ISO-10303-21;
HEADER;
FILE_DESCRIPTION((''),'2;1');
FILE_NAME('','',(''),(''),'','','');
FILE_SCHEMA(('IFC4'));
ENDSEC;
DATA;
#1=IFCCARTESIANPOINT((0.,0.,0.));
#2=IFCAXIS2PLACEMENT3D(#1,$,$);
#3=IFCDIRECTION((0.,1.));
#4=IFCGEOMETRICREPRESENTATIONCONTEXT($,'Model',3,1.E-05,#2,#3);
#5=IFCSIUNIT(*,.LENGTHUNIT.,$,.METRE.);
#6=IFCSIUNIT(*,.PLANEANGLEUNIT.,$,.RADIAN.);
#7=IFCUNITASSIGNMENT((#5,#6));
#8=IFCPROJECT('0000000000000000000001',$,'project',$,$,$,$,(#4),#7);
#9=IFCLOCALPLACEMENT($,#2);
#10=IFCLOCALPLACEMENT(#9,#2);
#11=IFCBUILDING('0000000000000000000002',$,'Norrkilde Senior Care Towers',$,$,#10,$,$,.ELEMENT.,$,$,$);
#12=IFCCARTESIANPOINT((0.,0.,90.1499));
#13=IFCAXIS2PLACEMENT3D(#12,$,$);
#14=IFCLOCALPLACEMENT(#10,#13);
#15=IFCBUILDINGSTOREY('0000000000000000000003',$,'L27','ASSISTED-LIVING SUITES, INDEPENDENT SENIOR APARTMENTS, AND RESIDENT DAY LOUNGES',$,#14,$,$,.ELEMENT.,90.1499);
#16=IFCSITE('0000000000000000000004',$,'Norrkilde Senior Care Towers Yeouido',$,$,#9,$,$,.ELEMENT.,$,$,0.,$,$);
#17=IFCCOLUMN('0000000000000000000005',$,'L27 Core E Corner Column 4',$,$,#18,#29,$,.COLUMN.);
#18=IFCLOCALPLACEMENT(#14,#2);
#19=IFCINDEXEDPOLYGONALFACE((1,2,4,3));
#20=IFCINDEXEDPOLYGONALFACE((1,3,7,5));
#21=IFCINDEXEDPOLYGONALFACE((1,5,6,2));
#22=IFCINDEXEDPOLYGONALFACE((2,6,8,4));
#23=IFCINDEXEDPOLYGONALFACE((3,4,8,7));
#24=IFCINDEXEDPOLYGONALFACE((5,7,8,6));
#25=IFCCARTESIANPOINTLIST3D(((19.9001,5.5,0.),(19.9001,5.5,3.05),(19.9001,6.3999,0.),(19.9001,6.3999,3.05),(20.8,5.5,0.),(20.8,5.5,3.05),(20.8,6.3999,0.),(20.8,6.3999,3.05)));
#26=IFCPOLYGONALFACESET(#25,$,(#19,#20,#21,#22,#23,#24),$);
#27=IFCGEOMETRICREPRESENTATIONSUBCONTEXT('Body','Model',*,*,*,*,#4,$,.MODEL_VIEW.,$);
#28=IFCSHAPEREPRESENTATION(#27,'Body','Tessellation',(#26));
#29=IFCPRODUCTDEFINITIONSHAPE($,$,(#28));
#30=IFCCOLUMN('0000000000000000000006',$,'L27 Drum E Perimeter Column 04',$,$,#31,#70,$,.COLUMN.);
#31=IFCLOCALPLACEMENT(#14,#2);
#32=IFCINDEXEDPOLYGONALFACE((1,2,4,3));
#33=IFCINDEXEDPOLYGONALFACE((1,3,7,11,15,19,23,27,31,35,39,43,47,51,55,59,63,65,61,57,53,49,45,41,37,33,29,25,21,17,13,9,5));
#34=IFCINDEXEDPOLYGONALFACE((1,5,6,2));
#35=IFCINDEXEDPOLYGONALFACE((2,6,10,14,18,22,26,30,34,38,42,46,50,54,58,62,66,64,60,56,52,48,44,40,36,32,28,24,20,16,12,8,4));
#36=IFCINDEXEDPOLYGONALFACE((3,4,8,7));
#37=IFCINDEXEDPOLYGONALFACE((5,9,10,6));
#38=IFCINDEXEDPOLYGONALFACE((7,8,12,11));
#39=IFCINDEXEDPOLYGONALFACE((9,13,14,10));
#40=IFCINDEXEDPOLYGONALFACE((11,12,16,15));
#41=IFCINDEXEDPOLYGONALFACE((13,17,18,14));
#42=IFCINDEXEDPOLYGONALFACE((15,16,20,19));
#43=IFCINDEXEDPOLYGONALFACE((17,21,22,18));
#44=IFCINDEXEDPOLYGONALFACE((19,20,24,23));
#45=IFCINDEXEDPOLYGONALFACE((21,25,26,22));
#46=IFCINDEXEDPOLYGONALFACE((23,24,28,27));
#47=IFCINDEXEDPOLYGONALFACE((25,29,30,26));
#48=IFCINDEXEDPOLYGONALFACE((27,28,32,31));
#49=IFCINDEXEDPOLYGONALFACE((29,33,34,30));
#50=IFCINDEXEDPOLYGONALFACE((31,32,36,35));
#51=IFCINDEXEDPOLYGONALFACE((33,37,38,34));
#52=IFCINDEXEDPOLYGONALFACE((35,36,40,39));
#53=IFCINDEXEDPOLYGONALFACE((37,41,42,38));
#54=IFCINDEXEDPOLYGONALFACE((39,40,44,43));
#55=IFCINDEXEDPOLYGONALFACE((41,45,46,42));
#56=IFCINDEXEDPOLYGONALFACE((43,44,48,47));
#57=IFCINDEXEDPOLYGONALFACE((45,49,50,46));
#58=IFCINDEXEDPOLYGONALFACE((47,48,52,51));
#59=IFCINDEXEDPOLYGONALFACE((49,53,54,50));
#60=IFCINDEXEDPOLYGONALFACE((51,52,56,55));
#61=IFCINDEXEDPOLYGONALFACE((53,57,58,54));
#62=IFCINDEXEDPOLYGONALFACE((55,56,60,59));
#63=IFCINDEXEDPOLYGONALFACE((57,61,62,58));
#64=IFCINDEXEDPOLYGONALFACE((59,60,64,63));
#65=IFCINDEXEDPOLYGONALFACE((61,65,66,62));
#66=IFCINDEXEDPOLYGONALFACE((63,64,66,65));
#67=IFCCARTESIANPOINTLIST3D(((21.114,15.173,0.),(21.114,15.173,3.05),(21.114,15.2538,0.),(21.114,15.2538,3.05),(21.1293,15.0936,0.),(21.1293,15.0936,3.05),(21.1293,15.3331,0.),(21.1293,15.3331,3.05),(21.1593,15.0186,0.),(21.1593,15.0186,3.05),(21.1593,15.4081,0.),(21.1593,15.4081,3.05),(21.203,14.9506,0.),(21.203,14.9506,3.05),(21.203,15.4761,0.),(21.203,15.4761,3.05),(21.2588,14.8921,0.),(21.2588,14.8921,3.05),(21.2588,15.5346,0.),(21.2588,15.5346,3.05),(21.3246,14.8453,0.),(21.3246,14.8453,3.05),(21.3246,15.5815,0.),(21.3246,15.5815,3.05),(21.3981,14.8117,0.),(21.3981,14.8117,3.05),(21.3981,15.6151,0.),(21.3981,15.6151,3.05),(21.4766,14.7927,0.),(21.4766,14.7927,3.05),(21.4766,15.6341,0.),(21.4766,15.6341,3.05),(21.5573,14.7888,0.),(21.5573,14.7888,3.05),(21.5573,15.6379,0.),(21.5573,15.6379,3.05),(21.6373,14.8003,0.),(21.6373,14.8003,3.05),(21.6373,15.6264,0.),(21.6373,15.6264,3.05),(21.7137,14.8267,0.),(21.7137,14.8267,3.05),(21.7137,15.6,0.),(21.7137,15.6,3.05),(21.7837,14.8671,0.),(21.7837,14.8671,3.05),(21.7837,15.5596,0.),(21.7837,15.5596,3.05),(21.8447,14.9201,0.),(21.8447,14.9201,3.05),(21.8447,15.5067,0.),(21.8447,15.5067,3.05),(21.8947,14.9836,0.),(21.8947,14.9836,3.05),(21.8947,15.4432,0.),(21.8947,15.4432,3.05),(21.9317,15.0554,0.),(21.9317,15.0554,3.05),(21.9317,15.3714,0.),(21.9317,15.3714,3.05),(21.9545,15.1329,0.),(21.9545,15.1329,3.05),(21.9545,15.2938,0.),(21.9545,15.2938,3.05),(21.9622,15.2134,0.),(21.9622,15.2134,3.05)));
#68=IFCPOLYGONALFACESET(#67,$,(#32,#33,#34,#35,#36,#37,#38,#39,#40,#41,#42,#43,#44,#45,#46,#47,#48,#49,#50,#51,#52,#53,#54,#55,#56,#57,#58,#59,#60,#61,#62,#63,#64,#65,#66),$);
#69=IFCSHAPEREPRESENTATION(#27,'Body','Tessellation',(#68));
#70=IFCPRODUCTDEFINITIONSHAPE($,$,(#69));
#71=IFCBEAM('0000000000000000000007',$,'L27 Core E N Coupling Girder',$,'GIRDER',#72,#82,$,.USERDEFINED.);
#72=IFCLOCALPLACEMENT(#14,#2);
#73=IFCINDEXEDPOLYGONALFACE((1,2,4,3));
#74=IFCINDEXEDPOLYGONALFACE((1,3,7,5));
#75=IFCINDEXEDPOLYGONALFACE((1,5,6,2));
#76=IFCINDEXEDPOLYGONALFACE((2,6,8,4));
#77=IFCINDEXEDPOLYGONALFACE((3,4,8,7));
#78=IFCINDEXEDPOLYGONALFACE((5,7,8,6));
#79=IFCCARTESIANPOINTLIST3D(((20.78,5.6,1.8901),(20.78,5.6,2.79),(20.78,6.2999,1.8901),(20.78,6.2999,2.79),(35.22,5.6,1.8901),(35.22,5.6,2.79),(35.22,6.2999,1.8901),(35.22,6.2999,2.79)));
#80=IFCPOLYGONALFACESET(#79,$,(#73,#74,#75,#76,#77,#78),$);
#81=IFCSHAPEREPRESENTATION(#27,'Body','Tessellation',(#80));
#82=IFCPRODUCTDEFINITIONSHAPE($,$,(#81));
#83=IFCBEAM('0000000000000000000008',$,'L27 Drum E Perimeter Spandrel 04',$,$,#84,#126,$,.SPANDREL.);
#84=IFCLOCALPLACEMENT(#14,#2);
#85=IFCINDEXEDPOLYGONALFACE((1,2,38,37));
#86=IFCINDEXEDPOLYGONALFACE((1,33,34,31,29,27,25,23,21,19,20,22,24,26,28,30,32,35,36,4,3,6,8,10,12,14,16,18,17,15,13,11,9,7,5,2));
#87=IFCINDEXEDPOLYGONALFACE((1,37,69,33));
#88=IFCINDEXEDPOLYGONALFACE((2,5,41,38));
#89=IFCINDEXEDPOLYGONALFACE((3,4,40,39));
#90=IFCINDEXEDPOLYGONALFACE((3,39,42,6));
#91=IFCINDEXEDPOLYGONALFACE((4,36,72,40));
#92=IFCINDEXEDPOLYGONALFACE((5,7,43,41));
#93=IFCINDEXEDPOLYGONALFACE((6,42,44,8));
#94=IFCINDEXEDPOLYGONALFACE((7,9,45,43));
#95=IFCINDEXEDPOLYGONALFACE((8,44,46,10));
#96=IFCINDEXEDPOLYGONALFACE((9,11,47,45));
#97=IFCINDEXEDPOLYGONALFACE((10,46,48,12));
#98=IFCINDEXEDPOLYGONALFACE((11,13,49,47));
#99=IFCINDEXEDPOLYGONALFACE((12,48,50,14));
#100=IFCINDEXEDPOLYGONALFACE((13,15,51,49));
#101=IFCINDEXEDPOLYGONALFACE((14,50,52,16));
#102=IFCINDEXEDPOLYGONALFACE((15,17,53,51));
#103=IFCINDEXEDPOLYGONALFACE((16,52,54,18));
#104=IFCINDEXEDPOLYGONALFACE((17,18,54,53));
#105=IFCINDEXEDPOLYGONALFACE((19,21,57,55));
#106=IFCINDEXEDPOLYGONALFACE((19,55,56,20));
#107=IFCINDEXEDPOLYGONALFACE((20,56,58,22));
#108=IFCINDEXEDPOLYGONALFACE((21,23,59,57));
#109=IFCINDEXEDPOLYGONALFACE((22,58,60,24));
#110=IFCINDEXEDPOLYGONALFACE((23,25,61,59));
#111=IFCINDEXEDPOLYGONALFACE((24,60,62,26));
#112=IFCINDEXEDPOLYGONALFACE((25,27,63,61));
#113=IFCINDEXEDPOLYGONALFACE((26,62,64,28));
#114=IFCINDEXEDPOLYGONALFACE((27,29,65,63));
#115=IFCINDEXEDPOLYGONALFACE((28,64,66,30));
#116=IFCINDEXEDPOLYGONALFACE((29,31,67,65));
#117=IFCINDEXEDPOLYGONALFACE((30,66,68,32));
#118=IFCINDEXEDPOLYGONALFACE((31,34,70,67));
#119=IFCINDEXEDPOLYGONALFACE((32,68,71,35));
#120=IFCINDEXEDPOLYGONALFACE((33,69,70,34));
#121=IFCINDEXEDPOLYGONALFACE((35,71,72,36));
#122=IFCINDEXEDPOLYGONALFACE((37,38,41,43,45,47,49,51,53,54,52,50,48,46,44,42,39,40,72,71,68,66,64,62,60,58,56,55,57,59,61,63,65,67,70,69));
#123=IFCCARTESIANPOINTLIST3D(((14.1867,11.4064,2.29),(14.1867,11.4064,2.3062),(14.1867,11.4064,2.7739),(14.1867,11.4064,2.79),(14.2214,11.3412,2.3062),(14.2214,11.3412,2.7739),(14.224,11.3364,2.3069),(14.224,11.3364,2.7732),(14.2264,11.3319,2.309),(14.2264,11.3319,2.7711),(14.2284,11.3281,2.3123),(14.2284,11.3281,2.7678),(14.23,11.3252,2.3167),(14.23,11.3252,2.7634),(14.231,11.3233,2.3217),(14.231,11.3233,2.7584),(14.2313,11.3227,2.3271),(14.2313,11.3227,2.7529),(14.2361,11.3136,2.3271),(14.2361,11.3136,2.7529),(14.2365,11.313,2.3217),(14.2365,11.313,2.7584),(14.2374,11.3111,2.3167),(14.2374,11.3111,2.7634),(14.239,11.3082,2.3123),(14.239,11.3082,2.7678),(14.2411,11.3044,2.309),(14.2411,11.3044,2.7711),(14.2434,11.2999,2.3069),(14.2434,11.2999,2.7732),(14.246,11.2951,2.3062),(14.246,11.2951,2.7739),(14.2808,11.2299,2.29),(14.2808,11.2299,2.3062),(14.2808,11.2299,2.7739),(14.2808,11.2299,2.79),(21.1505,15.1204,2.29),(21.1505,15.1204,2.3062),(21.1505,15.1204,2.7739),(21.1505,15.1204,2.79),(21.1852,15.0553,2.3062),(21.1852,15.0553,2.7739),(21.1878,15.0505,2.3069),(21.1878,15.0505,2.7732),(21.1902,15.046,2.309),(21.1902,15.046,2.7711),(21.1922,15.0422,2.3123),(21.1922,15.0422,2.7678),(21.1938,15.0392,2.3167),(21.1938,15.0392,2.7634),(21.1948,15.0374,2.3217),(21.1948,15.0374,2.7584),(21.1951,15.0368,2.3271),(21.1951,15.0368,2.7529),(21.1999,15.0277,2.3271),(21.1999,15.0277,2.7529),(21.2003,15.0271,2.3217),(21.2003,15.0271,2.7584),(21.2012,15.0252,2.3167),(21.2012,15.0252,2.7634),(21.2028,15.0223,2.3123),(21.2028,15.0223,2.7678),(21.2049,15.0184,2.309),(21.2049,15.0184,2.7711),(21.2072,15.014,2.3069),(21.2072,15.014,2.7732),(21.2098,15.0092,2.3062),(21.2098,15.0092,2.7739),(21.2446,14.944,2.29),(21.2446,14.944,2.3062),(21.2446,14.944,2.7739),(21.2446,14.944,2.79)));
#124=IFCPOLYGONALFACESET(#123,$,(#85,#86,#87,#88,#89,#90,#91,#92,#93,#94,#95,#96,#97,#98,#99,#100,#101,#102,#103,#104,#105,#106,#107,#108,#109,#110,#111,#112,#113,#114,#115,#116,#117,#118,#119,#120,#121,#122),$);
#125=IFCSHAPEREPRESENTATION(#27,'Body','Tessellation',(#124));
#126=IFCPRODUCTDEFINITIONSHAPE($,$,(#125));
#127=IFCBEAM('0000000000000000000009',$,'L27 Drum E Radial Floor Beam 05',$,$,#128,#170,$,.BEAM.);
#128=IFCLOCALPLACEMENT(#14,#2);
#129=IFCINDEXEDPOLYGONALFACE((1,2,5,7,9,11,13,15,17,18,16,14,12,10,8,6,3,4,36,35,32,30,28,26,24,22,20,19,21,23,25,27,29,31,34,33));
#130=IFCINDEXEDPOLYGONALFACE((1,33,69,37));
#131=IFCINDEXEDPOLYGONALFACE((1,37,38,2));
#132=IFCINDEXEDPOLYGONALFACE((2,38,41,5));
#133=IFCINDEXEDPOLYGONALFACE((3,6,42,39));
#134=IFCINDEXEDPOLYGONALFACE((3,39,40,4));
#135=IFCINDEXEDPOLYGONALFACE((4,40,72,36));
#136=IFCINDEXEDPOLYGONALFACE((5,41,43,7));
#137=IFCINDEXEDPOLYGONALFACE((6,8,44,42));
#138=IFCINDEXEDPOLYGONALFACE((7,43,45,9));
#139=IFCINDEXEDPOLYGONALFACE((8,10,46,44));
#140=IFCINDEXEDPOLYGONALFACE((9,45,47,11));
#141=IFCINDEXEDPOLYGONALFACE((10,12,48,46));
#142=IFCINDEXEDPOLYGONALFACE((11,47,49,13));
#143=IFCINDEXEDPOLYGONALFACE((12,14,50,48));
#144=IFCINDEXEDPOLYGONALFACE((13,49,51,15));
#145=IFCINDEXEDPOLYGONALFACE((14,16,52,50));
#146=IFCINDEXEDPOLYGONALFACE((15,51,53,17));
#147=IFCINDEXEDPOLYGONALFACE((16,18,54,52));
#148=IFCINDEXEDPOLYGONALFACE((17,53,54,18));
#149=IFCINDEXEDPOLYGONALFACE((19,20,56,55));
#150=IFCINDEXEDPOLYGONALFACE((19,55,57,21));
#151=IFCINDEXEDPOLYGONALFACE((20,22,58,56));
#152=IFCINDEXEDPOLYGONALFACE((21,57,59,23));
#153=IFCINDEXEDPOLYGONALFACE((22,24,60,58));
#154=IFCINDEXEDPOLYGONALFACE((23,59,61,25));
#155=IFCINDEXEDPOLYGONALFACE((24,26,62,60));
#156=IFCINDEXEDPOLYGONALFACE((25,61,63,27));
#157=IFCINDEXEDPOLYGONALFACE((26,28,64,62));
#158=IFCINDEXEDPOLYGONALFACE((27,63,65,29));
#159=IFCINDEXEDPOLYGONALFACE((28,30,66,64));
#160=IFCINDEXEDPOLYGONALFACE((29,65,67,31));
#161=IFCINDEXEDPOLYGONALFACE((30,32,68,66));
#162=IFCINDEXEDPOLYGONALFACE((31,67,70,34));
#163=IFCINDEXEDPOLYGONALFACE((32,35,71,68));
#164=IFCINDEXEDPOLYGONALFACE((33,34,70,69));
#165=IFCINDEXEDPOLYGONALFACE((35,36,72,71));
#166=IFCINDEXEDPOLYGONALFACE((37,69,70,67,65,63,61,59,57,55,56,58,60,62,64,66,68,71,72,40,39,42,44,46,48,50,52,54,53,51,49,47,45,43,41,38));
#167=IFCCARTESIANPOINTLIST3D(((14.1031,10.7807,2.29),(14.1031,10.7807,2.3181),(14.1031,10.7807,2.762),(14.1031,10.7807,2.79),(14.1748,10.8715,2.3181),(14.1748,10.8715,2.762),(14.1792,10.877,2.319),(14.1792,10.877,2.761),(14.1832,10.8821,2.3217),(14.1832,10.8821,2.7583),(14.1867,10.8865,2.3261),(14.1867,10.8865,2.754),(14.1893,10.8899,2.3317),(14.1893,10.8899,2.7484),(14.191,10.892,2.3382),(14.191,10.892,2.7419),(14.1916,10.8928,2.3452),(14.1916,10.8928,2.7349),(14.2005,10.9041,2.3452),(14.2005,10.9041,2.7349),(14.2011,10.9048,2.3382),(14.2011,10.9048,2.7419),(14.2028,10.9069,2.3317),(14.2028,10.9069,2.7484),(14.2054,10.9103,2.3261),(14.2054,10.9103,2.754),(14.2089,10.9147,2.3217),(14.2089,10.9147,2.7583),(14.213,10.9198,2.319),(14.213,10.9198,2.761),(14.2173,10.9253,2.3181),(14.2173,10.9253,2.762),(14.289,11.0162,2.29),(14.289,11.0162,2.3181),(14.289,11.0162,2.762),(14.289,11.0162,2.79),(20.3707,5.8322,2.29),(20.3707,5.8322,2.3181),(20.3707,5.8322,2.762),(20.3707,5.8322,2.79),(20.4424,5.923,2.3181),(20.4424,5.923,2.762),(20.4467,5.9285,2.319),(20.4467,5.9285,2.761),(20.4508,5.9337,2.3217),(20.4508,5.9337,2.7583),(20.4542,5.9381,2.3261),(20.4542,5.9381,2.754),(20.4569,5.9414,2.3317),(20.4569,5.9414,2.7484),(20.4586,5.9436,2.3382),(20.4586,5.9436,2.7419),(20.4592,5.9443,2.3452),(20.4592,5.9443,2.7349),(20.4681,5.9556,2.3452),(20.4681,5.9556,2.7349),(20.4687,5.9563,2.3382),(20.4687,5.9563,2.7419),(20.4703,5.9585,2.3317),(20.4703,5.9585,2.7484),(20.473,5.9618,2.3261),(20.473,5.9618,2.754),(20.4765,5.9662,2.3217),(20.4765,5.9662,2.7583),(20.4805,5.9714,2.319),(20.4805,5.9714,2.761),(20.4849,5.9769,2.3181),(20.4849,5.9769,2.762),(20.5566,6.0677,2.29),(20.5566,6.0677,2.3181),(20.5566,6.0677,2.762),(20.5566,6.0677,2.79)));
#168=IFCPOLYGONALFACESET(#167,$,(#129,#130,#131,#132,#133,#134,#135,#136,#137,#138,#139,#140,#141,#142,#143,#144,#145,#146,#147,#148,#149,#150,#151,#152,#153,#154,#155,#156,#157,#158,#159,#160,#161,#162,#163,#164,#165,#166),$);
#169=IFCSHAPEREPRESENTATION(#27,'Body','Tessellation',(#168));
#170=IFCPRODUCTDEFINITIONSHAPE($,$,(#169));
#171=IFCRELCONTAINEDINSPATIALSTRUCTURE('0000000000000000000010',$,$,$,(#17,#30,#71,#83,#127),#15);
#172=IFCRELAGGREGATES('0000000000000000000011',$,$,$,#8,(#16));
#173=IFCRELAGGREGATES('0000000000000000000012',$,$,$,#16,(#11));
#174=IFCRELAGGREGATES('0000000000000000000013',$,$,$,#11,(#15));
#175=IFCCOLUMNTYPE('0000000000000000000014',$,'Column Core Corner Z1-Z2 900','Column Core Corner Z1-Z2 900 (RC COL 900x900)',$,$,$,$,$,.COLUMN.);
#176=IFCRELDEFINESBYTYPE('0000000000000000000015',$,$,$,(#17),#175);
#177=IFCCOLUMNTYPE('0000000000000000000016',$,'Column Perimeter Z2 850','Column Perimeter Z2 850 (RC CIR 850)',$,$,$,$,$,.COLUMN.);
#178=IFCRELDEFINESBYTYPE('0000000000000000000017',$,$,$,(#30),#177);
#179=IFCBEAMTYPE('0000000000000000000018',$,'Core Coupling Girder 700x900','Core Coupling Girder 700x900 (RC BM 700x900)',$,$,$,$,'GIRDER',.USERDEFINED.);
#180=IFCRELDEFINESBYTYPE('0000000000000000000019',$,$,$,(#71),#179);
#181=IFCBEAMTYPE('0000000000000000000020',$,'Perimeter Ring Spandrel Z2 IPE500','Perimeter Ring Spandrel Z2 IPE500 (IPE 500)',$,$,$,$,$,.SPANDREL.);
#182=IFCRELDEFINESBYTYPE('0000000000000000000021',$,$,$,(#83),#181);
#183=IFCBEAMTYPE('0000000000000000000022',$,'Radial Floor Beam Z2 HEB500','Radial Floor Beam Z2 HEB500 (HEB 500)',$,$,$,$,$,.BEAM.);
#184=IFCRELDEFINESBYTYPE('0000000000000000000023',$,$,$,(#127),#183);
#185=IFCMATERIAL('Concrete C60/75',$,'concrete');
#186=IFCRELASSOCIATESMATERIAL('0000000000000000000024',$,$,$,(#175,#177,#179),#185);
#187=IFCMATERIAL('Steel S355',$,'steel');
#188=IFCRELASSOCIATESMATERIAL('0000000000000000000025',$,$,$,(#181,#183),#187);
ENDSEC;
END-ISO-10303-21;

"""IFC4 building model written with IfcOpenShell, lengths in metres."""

from ifc_helpers import new_model, si_unit, direction, frame, origin, origin_2d, place, context, subcontext, project, spatial, rectangle, circle, i_section, extrude, source, transform, mapped, material, material_profile, profile_set, type_object, type_shapes, element, save


model = new_model("IFC4")

# Units and contexts
model_context = context("Model", 3, precision=1e-05, world=origin(), true_north=direction((0.0, 1.0)))
body_context = subcontext(model_context, "Body", "Model", "MODEL_VIEW")
ifc_project = project(units=[si_unit("LENGTHUNIT", "METRE"), si_unit("PLANEANGLEUNIT", "RADIAN")], contexts=[model_context])

# Site, building, storey
site_placement = place(None, origin())
site = spatial("IfcSite", under=ifc_project, at=site_placement, Name="Norrkilde Senior Care Towers Yeouido", CompositionType="ELEMENT", RefElevation=0.0)
building_placement = place(site_placement, origin())
building = spatial("IfcBuilding", under=site, at=building_placement, Name="Norrkilde Senior Care Towers", CompositionType="ELEMENT")
storey_placement = place(building_placement, frame((0.0, 0.0, 90.1499)))
storey = spatial("IfcBuildingStorey", under=building, at=storey_placement, Name="L27", Description="ASSISTED-LIVING SUITES, INDEPENDENT SENIOR APARTMENTS, AND RESIDENT DAY LOUNGES", CompositionType="ELEMENT", Elevation=90.1499)

# Columns
ifc_material_1 = material(Name="Concrete C60/75", Category="concrete")
ifc_material_profile_1 = material_profile(ifc_material_1, rectangle(XDim=0.8999, YDim=0.8999, at=origin_2d()), Name="RC COL 900x900")
ifc_profile_set_1 = profile_set([ifc_material_profile_1], Name="Concrete C60/75")
column_type_1 = type_object("IfcColumnType", Name="Column Core Corner Z1-Z2 900", Description="Column Core Corner Z1-Z2 900 (RC COL 900x900)", PredefinedType="COLUMN", material=ifc_profile_set_1)
shared_shape_1 = source(origin(), body_context, "Body", "SweptSolid", [
    extrude(rectangle(XDim=0.8999, YDim=0.8999, at=origin_2d()), origin(), (0.0, 0.0, 1.0), 3.05),
])
type_shapes(column_type_1, [shared_shape_1])
column_1_placement = place(storey_placement, frame((20.3501, 5.95, 0.0), z_axis=(0.0, 0.0, 1.0), x_axis=(1.0, 0.0, 0.0)))
element("IfcColumn", 1, at=column_1_placement, inside=storey, type_object=column_type_1, Name="L27 Core E Corner Column 4", PredefinedType="COLUMN", context=body_context, shape_type="MappedRepresentation", body=[
    mapped(shared_shape_1, transform((0.0, 0.0, 0.0), x_axis=(1.0, 0.0, 0.0), y_axis=(0.0, 1.0, 0.0), z_axis=(0.0, 0.0, 1.0), scale=1.0)),
])
ifc_material_profile_2 = material_profile(ifc_material_1, circle(Radius=0.425, at=origin_2d()), Name="RC CIR 850")
ifc_profile_set_2 = profile_set([ifc_material_profile_2], Name="Concrete C60/75")
column_type_2 = type_object("IfcColumnType", Name="Column Perimeter Z2 850", Description="Column Perimeter Z2 850 (RC CIR 850)", PredefinedType="COLUMN", material=ifc_profile_set_2)
shared_shape_2 = source(origin(), body_context, "Body", "SweptSolid", [
    extrude(circle(Radius=0.425, at=origin_2d()), origin(), (0.0, 0.0, 1.0), 3.05),
])
type_shapes(column_type_2, [shared_shape_2])
column_2_placement = place(storey_placement, frame((21.5371, 15.2134, 0.0), z_axis=(0.0, 0.0, 1.0), x_axis=(1.0, 0.0, 0.0)))
element("IfcColumn", 2, at=column_2_placement, inside=storey, type_object=column_type_2, Name="L27 Drum E Perimeter Column 04", PredefinedType="COLUMN", context=body_context, shape_type="MappedRepresentation", body=[
    mapped(shared_shape_2, transform((0.0, 0.0, 0.0), x_axis=(1.0, 0.0, 0.0), y_axis=(0.0, 1.0, 0.0), z_axis=(0.0, 0.0, 1.0), scale=1.0)),
])

# Beams
ifc_material_profile_3 = material_profile(ifc_material_1, rectangle(XDim=0.7, YDim=0.8999, at=origin_2d()), Name="RC BM 700x900")
ifc_profile_set_3 = profile_set([ifc_material_profile_3], Name="Concrete C60/75")
beam_type_1 = type_object("IfcBeamType", Name="Core Coupling Girder 700x900", Description="Core Coupling Girder 700x900 (RC BM 700x900)", ElementType="GIRDER", PredefinedType="USERDEFINED", material=ifc_profile_set_3)
shared_shape_3 = source(origin(), body_context, "Body", "SweptSolid", [
    extrude(rectangle(XDim=0.7, YDim=0.8999, at=origin_2d()), origin(), (0.0, 0.0, 1.0), 14.4399),
])
type_shapes(beam_type_1, [shared_shape_3])
beam_1_placement = place(storey_placement, frame((20.78, 5.95, 2.3401), z_axis=(1.0, 0.0, 0.0), x_axis=(0.0, 1.0, 0.0)))
element("IfcBeam", 3, at=beam_1_placement, inside=storey, type_object=beam_type_1, Name="L27 Core E N Coupling Girder", ObjectType="GIRDER", PredefinedType="USERDEFINED", context=body_context, shape_type="MappedRepresentation", body=[
    mapped(shared_shape_3, transform((0.0, 0.0, 0.0), x_axis=(1.0, 0.0, 0.0), y_axis=(0.0, 1.0, 0.0), z_axis=(0.0, 0.0, 1.0), scale=1.0)),
])
ifc_material_2 = material(Name="Steel S355", Category="steel")
ifc_material_profile_4 = material_profile(ifc_material_2, i_section(OverallWidth=0.2, OverallDepth=0.5, WebThickness=0.0103, FlangeThickness=0.0161, FilletRadius=0.021, at=origin_2d()), Name="IPE 500")
ifc_profile_set_4 = profile_set([ifc_material_profile_4], Name="Steel S355")
beam_type_2 = type_object("IfcBeamType", Name="Perimeter Ring Spandrel Z2 IPE500", Description="Perimeter Ring Spandrel Z2 IPE500 (IPE 500)", PredefinedType="SPANDREL", material=ifc_profile_set_4)
shared_shape_4 = source(origin(), body_context, "Body", "SweptSolid", [
    extrude(i_section(OverallWidth=0.2, OverallDepth=0.5, WebThickness=0.0103, FlangeThickness=0.0161, FilletRadius=0.021, at=origin_2d()), origin(), (0.0, 0.0, 1.0), 7.8923),
])
type_shapes(beam_type_2, [shared_shape_4])
beam_2_placement = place(storey_placement, frame((21.1975, 15.0322, 2.54), z_axis=(-0.88235, -0.470593, 0.0), x_axis=(0.470593, -0.88235, 0.0)))
element("IfcBeam", 4, at=beam_2_placement, inside=storey, type_object=beam_type_2, Name="L27 Drum E Perimeter Spandrel 04", PredefinedType="SPANDREL", context=body_context, shape_type="MappedRepresentation", body=[
    mapped(shared_shape_4, transform((0.0, 0.0, 0.0), x_axis=(1.0, 0.0, 0.0), y_axis=(0.0, 1.0, 0.0), z_axis=(0.0, 0.0, 1.0), scale=1.0)),
])
ifc_material_profile_5 = material_profile(ifc_material_2, i_section(OverallWidth=0.3, OverallDepth=0.5, WebThickness=0.0144, FlangeThickness=0.0281, FilletRadius=0.0271, at=origin_2d()), Name="HEB 500")
ifc_profile_set_5 = profile_set([ifc_material_profile_5], Name="Steel S355")
beam_type_3 = type_object("IfcBeamType", Name="Radial Floor Beam Z2 HEB500", Description="Radial Floor Beam Z2 HEB500 (HEB 500)", PredefinedType="BEAM", material=ifc_profile_set_5)
shared_shape_5 = source(origin(), body_context, "Body", "SweptSolid", [
    extrude(i_section(OverallWidth=0.3, OverallDepth=0.5, WebThickness=0.0144, FlangeThickness=0.0281, FilletRadius=0.0271, at=origin_2d()), origin(), (0.0, 0.0, 1.0), 7.9856),
])
beam_3_placement = place(storey_placement, frame((20.4636, 5.95, 2.54), z_axis=(-0.784859, 0.619675, 0.0), x_axis=(-0.619675, -0.784859, 0.0)))
element("IfcBeam", 5, at=beam_3_placement, inside=storey, type_object=beam_type_3, Name="L27 Drum E Radial Floor Beam 05", PredefinedType="BEAM", context=body_context, shape_type="MappedRepresentation", body=[
    mapped(shared_shape_5, transform((0.0, 0.0, 0.0), x_axis=(1.0, 0.0, 0.0), y_axis=(0.0, 1.0, 0.0), z_axis=(0.0, 0.0, 1.0), scale=1.0)),
])

save(model, "model.ifc")
